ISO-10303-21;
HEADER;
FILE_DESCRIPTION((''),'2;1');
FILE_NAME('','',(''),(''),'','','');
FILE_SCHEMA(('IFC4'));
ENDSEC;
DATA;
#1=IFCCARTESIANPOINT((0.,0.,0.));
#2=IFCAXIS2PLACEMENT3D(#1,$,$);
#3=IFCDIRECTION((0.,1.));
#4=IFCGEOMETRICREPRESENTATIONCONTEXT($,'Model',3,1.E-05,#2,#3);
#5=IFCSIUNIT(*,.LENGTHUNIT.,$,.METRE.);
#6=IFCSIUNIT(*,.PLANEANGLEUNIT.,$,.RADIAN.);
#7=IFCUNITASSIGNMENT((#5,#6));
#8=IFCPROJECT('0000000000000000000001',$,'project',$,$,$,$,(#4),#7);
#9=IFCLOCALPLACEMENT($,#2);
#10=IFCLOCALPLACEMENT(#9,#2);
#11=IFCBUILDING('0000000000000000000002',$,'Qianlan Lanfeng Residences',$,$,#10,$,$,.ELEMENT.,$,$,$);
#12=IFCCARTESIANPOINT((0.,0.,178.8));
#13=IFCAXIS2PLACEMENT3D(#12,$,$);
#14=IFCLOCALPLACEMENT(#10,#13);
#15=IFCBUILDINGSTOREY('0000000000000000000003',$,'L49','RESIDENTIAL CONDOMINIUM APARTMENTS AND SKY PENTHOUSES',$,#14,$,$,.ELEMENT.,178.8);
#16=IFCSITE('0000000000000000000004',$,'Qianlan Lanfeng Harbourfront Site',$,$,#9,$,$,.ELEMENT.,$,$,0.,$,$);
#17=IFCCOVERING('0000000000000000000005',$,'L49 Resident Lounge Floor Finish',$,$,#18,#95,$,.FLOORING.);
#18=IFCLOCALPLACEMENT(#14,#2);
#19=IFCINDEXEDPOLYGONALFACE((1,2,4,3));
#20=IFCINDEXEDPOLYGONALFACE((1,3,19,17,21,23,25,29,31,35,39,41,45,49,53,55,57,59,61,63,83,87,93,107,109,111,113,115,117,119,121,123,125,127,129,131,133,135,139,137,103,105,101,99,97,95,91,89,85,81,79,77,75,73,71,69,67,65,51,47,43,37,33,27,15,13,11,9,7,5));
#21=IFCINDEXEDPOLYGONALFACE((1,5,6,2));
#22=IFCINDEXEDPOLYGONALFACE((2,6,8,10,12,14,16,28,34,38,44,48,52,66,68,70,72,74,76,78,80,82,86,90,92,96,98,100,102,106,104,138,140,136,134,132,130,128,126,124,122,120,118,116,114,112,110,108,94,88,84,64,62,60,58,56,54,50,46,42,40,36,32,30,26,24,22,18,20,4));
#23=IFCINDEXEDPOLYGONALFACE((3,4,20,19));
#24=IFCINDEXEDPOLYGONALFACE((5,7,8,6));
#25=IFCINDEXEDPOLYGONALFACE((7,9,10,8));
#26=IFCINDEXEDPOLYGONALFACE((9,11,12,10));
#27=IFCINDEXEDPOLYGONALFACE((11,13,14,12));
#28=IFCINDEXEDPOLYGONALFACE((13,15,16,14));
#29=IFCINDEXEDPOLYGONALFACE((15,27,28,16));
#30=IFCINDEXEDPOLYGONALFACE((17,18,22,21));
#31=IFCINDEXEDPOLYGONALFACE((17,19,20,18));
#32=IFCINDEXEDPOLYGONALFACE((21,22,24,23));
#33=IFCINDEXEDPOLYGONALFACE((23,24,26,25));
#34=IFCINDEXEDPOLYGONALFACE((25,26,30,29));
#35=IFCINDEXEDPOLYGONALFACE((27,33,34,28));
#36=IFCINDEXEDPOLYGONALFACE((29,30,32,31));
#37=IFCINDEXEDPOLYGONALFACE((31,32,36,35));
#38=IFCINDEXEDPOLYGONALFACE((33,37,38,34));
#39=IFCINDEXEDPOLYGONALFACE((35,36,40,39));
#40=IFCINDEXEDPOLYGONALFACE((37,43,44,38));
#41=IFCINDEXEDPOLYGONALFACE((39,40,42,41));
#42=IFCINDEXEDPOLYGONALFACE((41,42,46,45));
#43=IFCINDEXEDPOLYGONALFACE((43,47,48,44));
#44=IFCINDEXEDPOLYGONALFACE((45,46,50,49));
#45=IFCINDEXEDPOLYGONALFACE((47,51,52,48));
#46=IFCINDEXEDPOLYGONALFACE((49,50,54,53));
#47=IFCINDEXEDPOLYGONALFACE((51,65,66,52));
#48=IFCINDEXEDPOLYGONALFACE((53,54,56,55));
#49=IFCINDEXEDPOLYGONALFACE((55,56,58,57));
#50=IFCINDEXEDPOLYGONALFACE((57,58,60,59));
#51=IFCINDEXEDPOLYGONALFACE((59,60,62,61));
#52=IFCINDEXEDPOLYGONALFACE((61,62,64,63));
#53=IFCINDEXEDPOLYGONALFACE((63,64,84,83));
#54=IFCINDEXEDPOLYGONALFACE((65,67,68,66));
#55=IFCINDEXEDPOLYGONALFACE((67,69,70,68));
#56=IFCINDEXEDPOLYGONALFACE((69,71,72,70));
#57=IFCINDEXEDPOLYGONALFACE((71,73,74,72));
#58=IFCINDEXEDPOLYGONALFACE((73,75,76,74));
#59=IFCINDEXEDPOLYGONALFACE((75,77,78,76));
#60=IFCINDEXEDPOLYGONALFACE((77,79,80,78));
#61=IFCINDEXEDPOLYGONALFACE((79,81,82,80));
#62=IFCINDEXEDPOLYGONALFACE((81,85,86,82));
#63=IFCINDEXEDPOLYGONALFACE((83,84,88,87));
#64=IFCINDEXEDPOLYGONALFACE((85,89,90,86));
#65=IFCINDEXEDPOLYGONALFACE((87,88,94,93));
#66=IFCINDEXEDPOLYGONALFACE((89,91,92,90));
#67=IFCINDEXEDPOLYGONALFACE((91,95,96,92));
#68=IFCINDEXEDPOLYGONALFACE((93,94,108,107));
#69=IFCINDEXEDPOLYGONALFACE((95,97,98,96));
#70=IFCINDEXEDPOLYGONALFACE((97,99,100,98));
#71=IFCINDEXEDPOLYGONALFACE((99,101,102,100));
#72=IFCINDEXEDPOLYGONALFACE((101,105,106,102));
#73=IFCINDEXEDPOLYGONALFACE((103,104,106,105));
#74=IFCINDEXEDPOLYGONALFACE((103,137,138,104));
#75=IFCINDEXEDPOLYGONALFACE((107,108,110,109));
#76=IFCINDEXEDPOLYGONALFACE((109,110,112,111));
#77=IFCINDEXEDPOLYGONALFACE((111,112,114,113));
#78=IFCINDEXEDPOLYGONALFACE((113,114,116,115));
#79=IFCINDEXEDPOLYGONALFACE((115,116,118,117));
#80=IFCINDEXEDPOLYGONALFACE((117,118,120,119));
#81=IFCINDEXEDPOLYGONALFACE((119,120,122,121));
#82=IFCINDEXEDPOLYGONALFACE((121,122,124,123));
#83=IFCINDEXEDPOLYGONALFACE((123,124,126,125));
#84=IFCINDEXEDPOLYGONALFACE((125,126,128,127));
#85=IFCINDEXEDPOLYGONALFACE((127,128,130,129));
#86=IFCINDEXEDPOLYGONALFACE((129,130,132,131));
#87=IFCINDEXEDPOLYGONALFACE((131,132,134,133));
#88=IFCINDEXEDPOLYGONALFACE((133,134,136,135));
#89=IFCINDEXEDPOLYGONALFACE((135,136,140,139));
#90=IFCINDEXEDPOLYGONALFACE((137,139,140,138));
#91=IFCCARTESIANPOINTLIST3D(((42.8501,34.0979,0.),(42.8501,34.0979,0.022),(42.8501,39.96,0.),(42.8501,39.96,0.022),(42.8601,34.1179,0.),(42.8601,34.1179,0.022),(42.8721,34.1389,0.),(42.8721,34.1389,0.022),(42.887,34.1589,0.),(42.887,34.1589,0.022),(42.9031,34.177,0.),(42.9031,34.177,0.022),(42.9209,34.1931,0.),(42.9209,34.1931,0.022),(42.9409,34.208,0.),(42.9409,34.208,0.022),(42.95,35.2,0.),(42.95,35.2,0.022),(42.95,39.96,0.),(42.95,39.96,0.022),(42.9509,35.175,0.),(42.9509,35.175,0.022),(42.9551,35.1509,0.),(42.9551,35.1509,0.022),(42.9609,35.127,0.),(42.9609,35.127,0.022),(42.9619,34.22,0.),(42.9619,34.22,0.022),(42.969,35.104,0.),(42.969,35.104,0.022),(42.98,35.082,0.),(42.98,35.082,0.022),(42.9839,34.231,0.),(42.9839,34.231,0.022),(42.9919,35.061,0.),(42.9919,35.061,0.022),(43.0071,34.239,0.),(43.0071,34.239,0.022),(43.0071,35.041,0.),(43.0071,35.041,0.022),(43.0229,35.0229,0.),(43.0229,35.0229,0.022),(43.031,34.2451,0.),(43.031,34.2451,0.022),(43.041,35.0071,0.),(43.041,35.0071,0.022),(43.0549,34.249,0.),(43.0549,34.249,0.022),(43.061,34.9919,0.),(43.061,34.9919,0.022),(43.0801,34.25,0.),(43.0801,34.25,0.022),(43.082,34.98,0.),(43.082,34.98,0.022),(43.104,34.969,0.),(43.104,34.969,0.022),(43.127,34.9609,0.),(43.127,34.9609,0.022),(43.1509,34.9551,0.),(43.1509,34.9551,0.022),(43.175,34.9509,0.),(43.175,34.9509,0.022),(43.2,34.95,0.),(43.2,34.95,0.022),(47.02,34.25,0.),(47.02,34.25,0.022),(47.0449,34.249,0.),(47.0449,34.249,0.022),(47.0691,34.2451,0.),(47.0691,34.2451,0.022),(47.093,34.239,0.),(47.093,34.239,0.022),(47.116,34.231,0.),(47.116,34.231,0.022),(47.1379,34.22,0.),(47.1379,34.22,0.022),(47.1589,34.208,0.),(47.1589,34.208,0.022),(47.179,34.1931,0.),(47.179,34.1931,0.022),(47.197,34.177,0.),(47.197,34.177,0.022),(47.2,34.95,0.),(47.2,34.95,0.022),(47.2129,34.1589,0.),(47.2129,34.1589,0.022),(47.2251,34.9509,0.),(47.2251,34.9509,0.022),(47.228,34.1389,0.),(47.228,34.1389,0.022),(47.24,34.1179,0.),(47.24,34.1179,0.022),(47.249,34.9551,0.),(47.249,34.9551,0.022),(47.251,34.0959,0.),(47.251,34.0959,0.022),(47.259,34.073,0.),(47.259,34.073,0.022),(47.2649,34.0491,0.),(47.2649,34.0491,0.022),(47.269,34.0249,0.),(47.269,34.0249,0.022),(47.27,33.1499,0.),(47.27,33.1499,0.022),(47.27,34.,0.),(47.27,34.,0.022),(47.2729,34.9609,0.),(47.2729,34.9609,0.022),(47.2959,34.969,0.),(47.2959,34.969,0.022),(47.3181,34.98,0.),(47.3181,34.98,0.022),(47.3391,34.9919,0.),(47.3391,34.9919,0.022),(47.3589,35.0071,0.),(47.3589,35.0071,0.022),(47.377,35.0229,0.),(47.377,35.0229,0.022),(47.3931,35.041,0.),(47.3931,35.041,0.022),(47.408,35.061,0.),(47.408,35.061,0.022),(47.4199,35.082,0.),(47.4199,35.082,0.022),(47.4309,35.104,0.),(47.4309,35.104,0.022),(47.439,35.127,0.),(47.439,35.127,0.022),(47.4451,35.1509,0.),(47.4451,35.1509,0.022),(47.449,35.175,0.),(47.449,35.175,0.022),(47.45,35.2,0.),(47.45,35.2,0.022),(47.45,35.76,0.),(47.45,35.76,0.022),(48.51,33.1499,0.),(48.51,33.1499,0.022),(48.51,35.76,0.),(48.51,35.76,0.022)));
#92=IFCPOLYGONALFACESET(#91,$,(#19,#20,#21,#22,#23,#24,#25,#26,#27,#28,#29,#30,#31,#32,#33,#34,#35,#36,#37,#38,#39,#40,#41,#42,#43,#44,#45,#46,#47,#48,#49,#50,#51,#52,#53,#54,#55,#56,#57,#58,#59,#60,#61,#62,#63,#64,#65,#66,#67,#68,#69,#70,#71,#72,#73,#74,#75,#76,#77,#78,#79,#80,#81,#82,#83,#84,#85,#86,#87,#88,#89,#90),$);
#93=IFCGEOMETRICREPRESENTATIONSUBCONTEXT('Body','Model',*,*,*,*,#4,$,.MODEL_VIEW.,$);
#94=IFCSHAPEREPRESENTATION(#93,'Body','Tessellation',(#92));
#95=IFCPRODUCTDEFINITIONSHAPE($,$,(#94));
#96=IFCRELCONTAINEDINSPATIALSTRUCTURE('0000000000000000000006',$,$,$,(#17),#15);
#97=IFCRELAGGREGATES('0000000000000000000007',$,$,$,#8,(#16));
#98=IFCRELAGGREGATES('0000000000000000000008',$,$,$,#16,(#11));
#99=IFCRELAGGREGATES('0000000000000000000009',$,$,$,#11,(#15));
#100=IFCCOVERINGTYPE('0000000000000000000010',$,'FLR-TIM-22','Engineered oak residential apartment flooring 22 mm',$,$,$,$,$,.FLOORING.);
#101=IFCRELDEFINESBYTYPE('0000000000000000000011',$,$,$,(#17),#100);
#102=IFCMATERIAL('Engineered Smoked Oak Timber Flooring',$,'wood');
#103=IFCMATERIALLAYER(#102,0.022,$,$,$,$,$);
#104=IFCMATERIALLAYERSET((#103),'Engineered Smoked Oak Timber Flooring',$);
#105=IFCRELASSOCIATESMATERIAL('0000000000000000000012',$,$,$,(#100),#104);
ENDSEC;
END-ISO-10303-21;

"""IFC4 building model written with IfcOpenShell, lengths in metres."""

from ifc_helpers import new_model, si_unit, direction, frame, origin, place, context, subcontext, project, spatial, polyline, outline, extrude, material, layer, layer_set, type_object, element, save


model = new_model("IFC4")

# Units and contexts
model_context = context("Model", 3, precision=1e-05, world=origin(), true_north=direction((0.0, 1.0)))
body_context = subcontext(model_context, "Body", "Model", "MODEL_VIEW")
ifc_project = project(units=[si_unit("LENGTHUNIT", "METRE"), si_unit("PLANEANGLEUNIT", "RADIAN")], contexts=[model_context])

# Site, building, storey
site_placement = place(None, origin())
site = spatial("IfcSite", under=ifc_project, at=site_placement, Name="Qianlan Lanfeng Harbourfront Site", CompositionType="ELEMENT", RefElevation=0.0)
building_placement = place(site_placement, origin())
building = spatial("IfcBuilding", under=site, at=building_placement, Name="Qianlan Lanfeng Residences", CompositionType="ELEMENT")
storey_placement = place(building_placement, frame((0.0, 0.0, 178.8)))
storey = spatial("IfcBuildingStorey", under=building, at=storey_placement, Name="L49", Description="RESIDENTIAL CONDOMINIUM APARTMENTS AND SKY PENTHOUSES", CompositionType="ELEMENT", Elevation=178.8)

# Covering
ifc_material_1 = material(Name="Engineered Smoked Oak Timber Flooring", Category="wood")
ifc_layer_1 = layer(ifc_material_1, 0.022)
ifc_layer_set_1 = layer_set([ifc_layer_1], Name="Engineered Smoked Oak Timber Flooring")
covering_type = type_object("IfcCoveringType", Name="FLR-TIM-22", Description="Engineered oak residential apartment flooring 22 mm", PredefinedType="FLOORING", material=ifc_layer_set_1)
covering_1_placement = place(storey_placement, origin())
element("IfcCovering", 1, at=covering_1_placement, inside=storey, type_object=covering_type, Name="L49 Resident Lounge Floor Finish", PredefinedType="FLOORING", context=body_context, shape_type="SweptSolid", body=[
    extrude(outline(polyline([(42.8501, 34.0979), (42.8601, 34.1179), (42.8721, 34.1389), (42.887, 34.1589), (42.9031, 34.177), (42.9209, 34.1931), (42.9409, 34.208), (42.9619, 34.22), (42.9839, 34.231), (43.0071, 34.239), (43.031, 34.2451), (43.0549, 34.249), (43.0801, 34.25), (47.02, 34.25), (47.0449, 34.249), (47.0691, 34.2451), (47.093, 34.239), (47.116, 34.231), (47.1379, 34.22), (47.1589, 34.208), (47.179, 34.1931), (47.197, 34.177), (47.2129, 34.1589), (47.228, 34.1389), (47.24, 34.1179), (47.251, 34.0959), (47.259, 34.073), (47.2649, 34.0491), (47.269, 34.0249), (47.27, 34.0), (47.27, 33.1499), (48.51, 33.1499), (48.51, 35.76), (47.45, 35.76), (47.45, 35.2), (47.449, 35.175), (47.4451, 35.1509), (47.439, 35.127), (47.4309, 35.104), (47.4199, 35.082), (47.408, 35.061), (47.3931, 35.041), (47.377, 35.0229), (47.3589, 35.0071), (47.3391, 34.9919), (47.3181, 34.98), (47.2959, 34.969), (47.2729, 34.9609), (47.249, 34.9551), (47.2251, 34.9509), (47.2, 34.95), (43.2, 34.95), (43.175, 34.9509), (43.1509, 34.9551), (43.127, 34.9609), (43.104, 34.969), (43.082, 34.98), (43.061, 34.9919), (43.041, 35.0071), (43.0229, 35.0229), (43.0071, 35.041), (42.9919, 35.061), (42.98, 35.082), (42.969, 35.104), (42.9609, 35.127), (42.9551, 35.1509), (42.9509, 35.175), (42.95, 35.2), (42.95, 39.96), (42.8501, 39.96), (42.8501, 34.0979)])), origin(), (0.0, 0.0, 1.0), 0.022),
])

save(model, "model.ifc")
